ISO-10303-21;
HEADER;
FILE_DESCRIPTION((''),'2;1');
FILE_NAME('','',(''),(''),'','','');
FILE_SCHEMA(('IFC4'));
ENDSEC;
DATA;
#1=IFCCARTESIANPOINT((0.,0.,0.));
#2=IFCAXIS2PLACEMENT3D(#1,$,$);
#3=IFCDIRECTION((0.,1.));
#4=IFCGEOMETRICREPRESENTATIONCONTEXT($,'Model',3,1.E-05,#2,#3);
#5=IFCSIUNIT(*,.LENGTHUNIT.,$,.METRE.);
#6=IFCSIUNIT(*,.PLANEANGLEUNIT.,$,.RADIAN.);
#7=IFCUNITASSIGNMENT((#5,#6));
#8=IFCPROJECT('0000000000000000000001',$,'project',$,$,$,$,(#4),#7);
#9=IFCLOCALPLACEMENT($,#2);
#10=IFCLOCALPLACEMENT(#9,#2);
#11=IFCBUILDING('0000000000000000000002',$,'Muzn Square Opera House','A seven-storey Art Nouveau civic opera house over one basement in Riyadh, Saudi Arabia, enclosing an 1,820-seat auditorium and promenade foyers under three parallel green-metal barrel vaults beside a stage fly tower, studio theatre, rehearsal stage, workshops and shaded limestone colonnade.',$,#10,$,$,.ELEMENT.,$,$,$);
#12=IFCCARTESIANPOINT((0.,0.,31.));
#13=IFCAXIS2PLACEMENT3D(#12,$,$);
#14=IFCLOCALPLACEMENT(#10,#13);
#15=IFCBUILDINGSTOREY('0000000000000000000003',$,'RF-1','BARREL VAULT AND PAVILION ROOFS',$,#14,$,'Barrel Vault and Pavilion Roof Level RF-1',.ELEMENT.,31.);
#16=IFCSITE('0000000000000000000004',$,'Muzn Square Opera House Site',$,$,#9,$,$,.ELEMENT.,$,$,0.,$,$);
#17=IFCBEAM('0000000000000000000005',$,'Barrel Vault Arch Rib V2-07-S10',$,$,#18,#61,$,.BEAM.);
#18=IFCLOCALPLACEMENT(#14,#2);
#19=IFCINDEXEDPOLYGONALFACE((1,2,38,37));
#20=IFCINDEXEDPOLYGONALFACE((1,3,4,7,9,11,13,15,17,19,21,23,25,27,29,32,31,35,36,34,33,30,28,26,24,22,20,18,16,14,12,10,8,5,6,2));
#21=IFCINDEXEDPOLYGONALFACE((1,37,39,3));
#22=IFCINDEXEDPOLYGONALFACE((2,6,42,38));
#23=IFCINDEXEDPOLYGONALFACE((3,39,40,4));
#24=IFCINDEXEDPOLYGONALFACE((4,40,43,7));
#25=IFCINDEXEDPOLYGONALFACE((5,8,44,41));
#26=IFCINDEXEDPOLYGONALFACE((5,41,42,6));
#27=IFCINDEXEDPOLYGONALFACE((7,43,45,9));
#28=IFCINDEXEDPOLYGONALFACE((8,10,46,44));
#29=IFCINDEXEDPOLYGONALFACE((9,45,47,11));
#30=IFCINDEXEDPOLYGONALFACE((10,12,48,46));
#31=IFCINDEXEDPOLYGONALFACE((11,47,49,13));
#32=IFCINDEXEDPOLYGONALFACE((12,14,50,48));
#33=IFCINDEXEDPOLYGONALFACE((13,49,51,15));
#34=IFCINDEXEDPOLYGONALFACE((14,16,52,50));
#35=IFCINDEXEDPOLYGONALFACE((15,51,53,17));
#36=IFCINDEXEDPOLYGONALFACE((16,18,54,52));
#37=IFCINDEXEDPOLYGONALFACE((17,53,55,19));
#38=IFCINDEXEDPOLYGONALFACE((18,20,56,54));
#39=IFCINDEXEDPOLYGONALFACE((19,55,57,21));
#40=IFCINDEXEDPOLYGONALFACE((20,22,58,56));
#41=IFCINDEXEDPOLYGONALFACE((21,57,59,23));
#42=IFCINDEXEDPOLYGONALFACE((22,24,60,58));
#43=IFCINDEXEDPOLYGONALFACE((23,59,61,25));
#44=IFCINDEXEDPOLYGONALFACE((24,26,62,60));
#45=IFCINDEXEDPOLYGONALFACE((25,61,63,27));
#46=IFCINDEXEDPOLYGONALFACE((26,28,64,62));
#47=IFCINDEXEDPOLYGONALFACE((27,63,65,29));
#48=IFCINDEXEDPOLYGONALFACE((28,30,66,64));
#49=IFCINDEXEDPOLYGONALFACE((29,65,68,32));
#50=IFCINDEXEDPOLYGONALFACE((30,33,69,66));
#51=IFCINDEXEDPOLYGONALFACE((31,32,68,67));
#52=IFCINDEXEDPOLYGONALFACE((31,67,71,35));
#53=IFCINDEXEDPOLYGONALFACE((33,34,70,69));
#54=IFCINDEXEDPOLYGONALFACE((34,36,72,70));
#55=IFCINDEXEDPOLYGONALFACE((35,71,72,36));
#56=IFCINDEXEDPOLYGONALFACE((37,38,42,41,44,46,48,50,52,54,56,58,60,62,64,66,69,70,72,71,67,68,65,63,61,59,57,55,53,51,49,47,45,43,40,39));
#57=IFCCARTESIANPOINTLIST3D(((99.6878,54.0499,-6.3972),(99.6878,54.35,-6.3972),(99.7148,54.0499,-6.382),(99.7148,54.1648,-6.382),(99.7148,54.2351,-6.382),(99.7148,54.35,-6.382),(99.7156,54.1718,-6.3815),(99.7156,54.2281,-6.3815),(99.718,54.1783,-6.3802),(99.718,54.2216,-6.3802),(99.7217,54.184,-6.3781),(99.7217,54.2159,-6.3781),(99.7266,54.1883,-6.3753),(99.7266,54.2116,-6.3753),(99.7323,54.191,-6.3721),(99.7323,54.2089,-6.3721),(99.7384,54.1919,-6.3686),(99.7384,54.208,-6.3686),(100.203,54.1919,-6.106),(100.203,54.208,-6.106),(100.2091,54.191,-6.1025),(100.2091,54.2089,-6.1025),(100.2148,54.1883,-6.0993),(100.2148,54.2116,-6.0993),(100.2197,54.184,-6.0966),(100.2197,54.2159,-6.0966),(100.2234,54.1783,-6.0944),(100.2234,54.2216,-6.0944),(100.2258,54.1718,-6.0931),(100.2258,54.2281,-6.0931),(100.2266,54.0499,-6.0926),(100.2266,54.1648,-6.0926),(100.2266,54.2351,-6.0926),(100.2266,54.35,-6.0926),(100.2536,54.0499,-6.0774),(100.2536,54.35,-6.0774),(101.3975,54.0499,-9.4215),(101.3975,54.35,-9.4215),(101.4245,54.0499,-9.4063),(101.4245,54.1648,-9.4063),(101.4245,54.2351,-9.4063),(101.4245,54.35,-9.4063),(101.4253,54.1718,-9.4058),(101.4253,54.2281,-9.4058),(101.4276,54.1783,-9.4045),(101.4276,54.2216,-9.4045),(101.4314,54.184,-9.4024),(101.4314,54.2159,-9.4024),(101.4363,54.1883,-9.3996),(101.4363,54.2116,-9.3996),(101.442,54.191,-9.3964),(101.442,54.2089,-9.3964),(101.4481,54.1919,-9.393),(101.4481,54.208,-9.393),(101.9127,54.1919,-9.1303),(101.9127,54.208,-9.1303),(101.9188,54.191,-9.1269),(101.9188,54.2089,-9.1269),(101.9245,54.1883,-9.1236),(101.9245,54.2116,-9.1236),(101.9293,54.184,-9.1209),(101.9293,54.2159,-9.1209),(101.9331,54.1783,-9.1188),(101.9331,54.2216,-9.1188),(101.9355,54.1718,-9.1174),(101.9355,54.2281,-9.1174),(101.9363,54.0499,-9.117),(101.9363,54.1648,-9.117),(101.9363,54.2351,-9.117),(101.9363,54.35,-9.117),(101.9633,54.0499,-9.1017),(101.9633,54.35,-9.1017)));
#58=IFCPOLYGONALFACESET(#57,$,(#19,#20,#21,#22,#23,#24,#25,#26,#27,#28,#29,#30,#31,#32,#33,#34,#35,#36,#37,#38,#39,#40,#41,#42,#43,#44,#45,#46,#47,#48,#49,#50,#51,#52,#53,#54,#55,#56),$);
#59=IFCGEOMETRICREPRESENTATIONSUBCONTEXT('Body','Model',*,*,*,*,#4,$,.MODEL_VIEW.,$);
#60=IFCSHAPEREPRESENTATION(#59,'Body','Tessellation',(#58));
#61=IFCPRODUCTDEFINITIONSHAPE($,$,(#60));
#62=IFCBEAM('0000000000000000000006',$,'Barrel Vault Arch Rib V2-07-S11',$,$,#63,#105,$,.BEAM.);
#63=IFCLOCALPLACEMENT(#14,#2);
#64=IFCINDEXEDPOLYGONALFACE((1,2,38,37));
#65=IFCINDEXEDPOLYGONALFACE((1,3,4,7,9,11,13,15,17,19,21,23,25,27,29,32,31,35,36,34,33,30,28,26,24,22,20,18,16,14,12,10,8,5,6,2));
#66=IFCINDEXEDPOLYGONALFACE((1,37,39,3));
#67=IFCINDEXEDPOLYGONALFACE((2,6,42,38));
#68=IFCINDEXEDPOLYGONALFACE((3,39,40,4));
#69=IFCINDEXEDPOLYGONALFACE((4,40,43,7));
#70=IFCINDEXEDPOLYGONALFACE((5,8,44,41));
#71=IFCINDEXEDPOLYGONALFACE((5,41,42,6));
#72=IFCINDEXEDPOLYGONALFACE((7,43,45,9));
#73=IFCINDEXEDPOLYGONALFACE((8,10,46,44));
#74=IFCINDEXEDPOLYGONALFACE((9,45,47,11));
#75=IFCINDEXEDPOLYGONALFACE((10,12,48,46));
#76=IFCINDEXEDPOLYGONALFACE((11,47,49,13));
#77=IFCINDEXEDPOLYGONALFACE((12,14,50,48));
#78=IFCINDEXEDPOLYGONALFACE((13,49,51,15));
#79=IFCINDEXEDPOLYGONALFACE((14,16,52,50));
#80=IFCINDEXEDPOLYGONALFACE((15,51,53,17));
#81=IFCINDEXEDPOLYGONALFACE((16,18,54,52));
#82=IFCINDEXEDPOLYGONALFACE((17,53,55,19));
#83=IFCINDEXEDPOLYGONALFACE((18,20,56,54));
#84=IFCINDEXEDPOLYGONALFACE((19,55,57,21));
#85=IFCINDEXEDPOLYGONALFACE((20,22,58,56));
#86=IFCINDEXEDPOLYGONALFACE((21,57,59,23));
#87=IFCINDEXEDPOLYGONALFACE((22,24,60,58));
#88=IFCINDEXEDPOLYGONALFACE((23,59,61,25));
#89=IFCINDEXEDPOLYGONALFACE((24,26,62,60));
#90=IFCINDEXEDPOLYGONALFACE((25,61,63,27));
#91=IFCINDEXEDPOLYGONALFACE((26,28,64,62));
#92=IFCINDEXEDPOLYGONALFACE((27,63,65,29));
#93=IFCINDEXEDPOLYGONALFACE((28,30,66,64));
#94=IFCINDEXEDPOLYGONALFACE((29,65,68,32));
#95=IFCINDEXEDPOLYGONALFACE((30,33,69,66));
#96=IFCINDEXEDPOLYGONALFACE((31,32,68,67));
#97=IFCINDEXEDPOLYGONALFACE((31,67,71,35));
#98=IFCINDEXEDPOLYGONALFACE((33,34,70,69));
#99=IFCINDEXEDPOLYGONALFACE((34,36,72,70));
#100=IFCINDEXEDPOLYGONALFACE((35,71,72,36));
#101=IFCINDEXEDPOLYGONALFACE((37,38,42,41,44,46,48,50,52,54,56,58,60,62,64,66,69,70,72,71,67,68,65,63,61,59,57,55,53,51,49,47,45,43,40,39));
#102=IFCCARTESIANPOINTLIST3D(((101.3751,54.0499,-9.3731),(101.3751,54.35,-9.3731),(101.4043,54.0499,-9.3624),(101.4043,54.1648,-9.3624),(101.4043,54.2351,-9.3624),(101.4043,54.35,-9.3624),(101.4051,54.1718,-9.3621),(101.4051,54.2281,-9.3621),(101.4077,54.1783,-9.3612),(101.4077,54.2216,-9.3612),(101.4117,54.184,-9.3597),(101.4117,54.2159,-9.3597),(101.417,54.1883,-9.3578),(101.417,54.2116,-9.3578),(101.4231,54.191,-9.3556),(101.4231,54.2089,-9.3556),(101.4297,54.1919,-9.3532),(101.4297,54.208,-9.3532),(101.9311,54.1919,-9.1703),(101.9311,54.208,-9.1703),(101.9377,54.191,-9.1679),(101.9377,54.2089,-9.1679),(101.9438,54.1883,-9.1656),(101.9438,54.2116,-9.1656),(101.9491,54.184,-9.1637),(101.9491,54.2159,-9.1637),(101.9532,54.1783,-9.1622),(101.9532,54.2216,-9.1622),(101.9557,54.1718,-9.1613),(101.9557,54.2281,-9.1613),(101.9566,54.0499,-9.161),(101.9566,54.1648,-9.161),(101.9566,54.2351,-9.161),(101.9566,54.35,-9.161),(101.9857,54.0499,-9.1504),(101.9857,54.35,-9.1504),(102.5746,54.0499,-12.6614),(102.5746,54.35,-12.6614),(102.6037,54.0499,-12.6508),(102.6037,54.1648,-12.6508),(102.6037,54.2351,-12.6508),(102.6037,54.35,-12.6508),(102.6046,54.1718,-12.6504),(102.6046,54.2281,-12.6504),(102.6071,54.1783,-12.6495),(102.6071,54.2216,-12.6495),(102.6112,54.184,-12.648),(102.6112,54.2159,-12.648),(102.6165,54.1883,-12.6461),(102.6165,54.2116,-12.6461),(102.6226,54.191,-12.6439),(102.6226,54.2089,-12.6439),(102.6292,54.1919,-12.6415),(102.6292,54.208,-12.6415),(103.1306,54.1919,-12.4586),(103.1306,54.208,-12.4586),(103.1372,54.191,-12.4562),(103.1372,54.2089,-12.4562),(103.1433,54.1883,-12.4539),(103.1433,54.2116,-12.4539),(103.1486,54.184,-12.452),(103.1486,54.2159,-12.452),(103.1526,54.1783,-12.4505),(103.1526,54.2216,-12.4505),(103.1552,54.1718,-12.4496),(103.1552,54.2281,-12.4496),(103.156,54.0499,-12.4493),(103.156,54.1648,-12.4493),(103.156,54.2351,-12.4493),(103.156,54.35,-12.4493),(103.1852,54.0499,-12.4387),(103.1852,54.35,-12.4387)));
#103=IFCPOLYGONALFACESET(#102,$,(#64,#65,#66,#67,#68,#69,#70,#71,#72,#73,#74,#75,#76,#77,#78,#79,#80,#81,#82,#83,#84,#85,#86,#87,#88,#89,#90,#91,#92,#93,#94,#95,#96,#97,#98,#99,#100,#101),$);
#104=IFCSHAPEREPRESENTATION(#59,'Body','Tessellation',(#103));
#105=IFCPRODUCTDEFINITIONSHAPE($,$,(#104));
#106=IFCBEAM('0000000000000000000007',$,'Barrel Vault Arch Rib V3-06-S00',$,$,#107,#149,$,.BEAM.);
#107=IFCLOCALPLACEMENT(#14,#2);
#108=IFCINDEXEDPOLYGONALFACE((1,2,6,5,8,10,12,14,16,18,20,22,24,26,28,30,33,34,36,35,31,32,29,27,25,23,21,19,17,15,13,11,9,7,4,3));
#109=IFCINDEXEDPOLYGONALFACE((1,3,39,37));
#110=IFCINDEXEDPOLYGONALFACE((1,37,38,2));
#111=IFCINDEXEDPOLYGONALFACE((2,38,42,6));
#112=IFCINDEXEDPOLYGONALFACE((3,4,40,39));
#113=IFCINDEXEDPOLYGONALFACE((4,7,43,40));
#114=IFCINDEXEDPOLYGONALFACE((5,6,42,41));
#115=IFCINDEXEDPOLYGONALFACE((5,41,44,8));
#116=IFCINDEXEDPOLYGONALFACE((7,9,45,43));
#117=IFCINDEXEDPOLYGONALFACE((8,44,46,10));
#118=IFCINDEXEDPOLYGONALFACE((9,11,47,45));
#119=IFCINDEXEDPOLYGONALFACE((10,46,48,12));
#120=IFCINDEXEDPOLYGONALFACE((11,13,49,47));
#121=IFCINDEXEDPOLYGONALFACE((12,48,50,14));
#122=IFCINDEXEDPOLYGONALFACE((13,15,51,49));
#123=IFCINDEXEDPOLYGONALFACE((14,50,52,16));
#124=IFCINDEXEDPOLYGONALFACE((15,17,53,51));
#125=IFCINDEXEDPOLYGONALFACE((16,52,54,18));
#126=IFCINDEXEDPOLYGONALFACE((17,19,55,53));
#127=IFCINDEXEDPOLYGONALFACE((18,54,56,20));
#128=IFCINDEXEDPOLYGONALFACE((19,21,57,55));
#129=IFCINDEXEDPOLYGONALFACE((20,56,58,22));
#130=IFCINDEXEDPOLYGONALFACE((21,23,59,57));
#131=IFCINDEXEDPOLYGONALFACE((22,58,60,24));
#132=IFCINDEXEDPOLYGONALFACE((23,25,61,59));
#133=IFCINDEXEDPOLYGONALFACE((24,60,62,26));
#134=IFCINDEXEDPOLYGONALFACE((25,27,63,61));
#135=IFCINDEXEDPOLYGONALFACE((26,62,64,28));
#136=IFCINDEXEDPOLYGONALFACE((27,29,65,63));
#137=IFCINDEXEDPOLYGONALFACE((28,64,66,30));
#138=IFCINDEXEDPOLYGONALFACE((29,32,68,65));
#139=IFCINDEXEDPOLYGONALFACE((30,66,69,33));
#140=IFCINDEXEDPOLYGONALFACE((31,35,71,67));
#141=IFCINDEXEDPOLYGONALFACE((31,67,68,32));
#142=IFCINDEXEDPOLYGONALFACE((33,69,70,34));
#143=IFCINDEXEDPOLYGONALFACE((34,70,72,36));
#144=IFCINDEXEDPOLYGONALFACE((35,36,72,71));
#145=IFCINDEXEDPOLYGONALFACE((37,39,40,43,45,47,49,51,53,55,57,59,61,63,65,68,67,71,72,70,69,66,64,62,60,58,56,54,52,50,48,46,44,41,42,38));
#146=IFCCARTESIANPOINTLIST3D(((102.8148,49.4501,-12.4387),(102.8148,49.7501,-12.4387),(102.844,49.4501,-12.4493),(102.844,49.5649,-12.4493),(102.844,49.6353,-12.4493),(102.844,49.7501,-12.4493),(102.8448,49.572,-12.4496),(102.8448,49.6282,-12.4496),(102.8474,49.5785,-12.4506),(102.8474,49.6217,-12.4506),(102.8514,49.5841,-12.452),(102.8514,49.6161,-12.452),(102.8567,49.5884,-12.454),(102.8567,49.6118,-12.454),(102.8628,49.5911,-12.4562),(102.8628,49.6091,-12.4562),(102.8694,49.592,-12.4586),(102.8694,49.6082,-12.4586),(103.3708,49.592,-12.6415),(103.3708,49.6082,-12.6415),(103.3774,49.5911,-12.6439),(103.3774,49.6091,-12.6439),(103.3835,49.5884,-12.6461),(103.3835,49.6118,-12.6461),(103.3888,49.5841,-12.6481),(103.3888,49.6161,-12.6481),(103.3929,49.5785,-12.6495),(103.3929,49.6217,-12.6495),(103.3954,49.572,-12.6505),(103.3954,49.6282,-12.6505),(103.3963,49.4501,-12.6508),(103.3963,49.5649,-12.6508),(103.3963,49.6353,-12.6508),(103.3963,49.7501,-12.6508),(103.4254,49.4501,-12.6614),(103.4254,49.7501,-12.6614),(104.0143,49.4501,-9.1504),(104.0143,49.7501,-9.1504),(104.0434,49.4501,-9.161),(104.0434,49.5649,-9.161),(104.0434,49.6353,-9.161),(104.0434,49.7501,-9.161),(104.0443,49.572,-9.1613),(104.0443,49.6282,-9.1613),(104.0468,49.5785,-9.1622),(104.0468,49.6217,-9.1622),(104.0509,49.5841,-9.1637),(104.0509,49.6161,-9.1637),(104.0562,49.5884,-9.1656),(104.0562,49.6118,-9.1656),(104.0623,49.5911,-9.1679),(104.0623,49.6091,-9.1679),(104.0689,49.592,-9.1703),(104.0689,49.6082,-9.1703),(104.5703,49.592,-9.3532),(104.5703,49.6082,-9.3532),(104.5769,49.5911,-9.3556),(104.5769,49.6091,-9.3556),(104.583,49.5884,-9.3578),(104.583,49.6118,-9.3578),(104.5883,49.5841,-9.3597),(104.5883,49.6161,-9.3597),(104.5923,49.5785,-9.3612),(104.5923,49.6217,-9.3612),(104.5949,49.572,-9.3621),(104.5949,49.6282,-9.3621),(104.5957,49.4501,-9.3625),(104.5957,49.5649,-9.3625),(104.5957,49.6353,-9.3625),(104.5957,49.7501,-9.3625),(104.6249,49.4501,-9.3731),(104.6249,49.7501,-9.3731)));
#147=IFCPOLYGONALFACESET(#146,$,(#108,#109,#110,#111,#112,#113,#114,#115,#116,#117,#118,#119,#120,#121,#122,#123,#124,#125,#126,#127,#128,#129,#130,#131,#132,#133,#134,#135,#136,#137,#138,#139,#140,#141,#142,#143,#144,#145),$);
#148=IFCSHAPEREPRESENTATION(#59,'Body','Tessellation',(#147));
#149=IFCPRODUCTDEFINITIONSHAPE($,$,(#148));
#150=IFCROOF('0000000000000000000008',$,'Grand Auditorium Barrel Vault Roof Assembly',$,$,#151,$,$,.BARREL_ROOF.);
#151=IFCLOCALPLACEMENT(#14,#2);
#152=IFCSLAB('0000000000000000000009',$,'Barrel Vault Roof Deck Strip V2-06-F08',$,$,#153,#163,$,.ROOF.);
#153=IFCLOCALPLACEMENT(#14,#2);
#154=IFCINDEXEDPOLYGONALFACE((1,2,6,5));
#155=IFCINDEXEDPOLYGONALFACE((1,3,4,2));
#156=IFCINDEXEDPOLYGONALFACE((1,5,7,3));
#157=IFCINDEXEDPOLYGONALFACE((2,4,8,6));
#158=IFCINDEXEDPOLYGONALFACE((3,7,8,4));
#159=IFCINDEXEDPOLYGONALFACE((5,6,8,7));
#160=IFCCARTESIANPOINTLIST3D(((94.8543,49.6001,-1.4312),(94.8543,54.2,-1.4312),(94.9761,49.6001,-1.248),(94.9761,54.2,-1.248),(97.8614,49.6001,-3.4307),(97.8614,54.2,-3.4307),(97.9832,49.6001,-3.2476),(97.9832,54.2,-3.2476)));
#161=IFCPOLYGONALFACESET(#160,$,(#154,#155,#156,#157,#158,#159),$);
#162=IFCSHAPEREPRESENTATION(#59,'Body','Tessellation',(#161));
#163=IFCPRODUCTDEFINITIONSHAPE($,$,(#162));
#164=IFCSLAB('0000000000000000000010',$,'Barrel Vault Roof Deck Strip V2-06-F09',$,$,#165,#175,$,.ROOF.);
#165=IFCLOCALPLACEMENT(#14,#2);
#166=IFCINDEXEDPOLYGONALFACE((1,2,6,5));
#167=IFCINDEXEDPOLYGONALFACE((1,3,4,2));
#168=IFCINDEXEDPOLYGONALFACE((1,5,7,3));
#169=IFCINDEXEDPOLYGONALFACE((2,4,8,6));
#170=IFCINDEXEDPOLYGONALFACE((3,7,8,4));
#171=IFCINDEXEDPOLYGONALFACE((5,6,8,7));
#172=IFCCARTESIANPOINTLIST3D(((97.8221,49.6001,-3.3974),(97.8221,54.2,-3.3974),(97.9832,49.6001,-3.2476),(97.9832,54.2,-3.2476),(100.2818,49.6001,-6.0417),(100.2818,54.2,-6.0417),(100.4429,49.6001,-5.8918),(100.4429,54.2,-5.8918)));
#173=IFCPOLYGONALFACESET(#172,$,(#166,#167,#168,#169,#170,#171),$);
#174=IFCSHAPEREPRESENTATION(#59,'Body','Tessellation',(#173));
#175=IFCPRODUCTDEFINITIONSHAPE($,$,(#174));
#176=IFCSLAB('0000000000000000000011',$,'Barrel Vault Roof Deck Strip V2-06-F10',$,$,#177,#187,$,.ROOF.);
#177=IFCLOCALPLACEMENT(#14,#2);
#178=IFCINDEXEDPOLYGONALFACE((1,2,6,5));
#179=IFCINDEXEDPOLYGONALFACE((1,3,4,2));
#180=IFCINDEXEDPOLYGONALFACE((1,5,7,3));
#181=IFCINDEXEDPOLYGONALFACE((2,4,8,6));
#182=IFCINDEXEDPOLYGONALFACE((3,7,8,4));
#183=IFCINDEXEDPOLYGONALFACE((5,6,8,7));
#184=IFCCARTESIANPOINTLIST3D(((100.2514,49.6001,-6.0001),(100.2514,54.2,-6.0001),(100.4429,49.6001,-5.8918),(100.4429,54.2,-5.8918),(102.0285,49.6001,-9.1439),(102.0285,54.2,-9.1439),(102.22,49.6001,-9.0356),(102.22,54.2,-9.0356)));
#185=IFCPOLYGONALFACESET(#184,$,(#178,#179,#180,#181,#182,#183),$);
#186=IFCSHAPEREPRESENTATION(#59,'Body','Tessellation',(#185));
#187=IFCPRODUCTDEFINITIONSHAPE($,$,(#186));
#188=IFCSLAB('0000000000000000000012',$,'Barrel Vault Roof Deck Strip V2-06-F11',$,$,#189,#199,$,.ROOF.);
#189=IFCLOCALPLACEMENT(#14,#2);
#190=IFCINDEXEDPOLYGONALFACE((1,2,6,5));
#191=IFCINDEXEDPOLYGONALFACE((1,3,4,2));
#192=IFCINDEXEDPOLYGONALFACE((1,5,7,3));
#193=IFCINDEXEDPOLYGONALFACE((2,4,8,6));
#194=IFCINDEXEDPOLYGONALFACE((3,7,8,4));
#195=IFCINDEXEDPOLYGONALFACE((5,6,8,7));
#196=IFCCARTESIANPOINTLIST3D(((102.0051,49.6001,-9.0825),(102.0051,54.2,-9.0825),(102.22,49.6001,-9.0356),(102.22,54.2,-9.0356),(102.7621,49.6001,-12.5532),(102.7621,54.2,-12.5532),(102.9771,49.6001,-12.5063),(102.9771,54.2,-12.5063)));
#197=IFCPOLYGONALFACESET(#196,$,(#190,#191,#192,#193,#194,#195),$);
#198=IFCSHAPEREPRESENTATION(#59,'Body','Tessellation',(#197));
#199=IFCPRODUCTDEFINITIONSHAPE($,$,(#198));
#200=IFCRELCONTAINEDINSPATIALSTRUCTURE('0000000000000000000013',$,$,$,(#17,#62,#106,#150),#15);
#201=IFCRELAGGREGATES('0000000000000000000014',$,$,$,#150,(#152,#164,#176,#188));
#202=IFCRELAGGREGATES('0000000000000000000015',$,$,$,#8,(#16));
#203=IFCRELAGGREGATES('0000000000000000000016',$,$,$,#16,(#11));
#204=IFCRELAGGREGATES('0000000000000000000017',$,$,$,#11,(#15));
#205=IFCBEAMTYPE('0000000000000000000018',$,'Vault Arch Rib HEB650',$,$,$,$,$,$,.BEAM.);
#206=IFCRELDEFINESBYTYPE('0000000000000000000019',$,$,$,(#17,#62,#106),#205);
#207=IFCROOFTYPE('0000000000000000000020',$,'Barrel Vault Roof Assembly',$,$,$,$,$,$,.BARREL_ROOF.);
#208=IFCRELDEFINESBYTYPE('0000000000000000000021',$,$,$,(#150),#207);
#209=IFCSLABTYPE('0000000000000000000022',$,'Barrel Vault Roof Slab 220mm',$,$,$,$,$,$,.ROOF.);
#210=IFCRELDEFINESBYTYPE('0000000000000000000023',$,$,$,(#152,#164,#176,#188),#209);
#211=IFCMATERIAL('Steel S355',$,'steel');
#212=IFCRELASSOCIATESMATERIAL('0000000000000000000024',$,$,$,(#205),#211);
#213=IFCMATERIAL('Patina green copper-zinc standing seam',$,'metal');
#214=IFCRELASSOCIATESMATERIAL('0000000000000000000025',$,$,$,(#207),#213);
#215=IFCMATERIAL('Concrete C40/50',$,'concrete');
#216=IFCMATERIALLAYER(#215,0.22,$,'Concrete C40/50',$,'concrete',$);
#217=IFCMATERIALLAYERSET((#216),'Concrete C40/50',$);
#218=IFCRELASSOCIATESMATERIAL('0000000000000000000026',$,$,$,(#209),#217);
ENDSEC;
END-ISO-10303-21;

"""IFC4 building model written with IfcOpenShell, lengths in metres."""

from ifc_helpers import new_model, si_unit, direction, frame, origin, origin_2d, place, context, subcontext, project, spatial, polyline, i_section, outline, extrude, material, layer, layer_set, material_profile, profile_set, type_object, element, aggregate, save


model = new_model("IFC4")

# Units and contexts
model_context = context("Model", 3, precision=1e-05, world=origin(), true_north=direction((0.0, 1.0)))
body_context = subcontext(model_context, "Body", "Model", "MODEL_VIEW")
ifc_project = project(units=[si_unit("LENGTHUNIT", "METRE"), si_unit("PLANEANGLEUNIT", "RADIAN")], contexts=[model_context])

# Site, building, storey
site_placement = place(None, origin())
site = spatial("IfcSite", under=ifc_project, at=site_placement, Name="Muzn Square Opera House Site", CompositionType="ELEMENT", RefElevation=0.0)
building_placement = place(site_placement, origin())
building = spatial("IfcBuilding", under=site, at=building_placement, Name="Muzn Square Opera House", Description="A seven-storey Art Nouveau civic opera house over one basement in Riyadh, Saudi Arabia, enclosing an 1,820-seat auditorium and promenade foyers under three parallel green-metal barrel vaults beside a stage fly tower, studio theatre, rehearsal stage, workshops and shaded limestone colonnade.", CompositionType="ELEMENT")
storey_placement = place(building_placement, frame((0.0, 0.0, 31.0)))
storey = spatial("IfcBuildingStorey", under=building, at=storey_placement, Name="RF-1", Description="BARREL VAULT AND PAVILION ROOFS", LongName="Barrel Vault and Pavilion Roof Level RF-1", CompositionType="ELEMENT", Elevation=31.0)

# Beams
ifc_material_1 = material(Name="Steel S355", Category="steel")
ifc_material_profile_1 = material_profile(ifc_material_1, i_section(OverallWidth=0.3, OverallDepth=0.6499, WebThickness=0.0161, FlangeThickness=0.031, FilletRadius=0.0271, at=origin_2d()), Name="HEB 650", Category="steel")
ifc_profile_set_1 = profile_set([ifc_material_profile_1], Name="Steel S355")
beam_type_1 = type_object("IfcBeamType", Name="Vault Arch Rib HEB650", PredefinedType="BEAM", material=ifc_profile_set_1)
beam_1_placement = place(storey_placement, frame((99.9707, 54.2, -6.2373), z_axis=(0.492115, 0.0, -0.87053), x_axis=(0.0, 1.0, 0.0)))
element("IfcBeam", 1, at=beam_1_placement, inside=storey, type_object=beam_type_1, Name="Barrel Vault Arch Rib V2-07-S10", PredefinedType="BEAM", context=body_context, shape_type="SweptSolid", body=[
    extrude(i_section(OverallWidth=0.3, OverallDepth=0.6499, WebThickness=0.0161, FlangeThickness=0.031, FilletRadius=0.0271, at=origin_2d()), origin(), (0.0, 0.0, 1.0), 3.4741),
])
for number, where, z_axis, x_axis, name in (
    (2, (101.6804, 54.2, -9.2617), (0.342678, 0.0, -0.939453), (0.0, 1.0, 0.0), "Barrel Vault Arch Rib V2-07-S11"),
    (3, (103.1201, 49.6001, -12.55), (0.342678, 0.0, 0.939453), (0.0, 1.0, 0.0), "Barrel Vault Arch Rib V3-06-S00"),
):
    element("IfcBeam", number, at=place(storey_placement, frame(where, z_axis=z_axis, x_axis=x_axis)), inside=storey, type_object=beam_type_1, Name=name, PredefinedType="BEAM", context=body_context, shape_type="SweptSolid", body=[
        extrude(i_section(OverallWidth=0.3, OverallDepth=0.6499, WebThickness=0.0161, FlangeThickness=0.031, FilletRadius=0.0271, at=origin_2d()), origin(), (0.0, 0.0, 1.0), 3.5002),
    ])

# Roof, slabs
ifc_material_2 = material(Name="Patina green copper-zinc standing seam", Category="metal")
roof_type = type_object("IfcRoofType", Name="Barrel Vault Roof Assembly", PredefinedType="BARREL_ROOF", material=ifc_material_2)
roof_placement = place(storey_placement, origin())
roof = element("IfcRoof", 4, at=roof_placement, inside=storey, type_object=roof_type, Name="Grand Auditorium Barrel Vault Roof Assembly", PredefinedType="BARREL_ROOF")
ifc_material_3 = material(Name="Concrete C40/50", Category="concrete")
ifc_layer_1 = layer(ifc_material_3, 0.22, Name="Concrete C40/50", Category="concrete")
ifc_layer_set_1 = layer_set([ifc_layer_1], Name="Concrete C40/50")
slab_type = type_object("IfcSlabType", Name="Barrel Vault Roof Slab 220mm", PredefinedType="ROOF", material=ifc_layer_set_1)
slab_1_placement = place(storey_placement, frame((94.9761, 49.6001, -1.248), z_axis=(0.553701, 0.0, 0.832715), x_axis=(0.832715, 0.0, -0.553701)))
slab_1 = element("IfcSlab", 5, at=slab_1_placement, type_object=slab_type, Name="Barrel Vault Roof Deck Strip V2-06-F08", PredefinedType="ROOF", context=body_context, shape_type="SweptSolid", body=[
    extrude(outline(polyline([(0.0, 0.0), (3.6112, 0.0), (3.6112, 4.5999), (0.0, 4.5999), (0.0, 0.0)])), origin(), (0.0, 0.0, -1.0), 0.22),
])
slab_2_placement = place(storey_placement, frame((97.9832, 49.6001, -3.2476), z_axis=(0.732198, 0.0, 0.681091), x_axis=(0.681091, 0.0, -0.732198)))
slab_2 = element("IfcSlab", 6, at=slab_2_placement, type_object=slab_type, Name="Barrel Vault Roof Deck Strip V2-06-F09", PredefinedType="ROOF", context=body_context, shape_type="SweptSolid", body=[
    extrude(outline(polyline([(0.0, 0.0), (3.6114, 0.0), (3.6114, 4.5999), (0.0, 4.5999), (0.0, 0.0)])), origin(), (0.0, 0.0, -1.0), 0.22),
])
slab_3_placement = place(storey_placement, frame((100.4429, 49.6001, -5.8918), z_axis=(0.870543, 0.0, 0.492093), x_axis=(0.492093, 0.0, -0.870543)))
slab_3 = element("IfcSlab", 7, at=slab_3_placement, type_object=slab_type, Name="Barrel Vault Roof Deck Strip V2-06-F10", PredefinedType="ROOF", context=body_context, shape_type="SweptSolid", body=[
    extrude(outline(polyline([(0.0, 0.0), (3.6113, 0.0), (3.6113, 4.5999), (0.0, 4.5999), (0.0, 0.0)])), origin(), (0.0, 0.0, -1.0), 0.22),
])
slab_4_placement = place(storey_placement, frame((102.22, 49.6001, -9.0356), z_axis=(0.977025, 0.0, 0.213123), x_axis=(0.213123, 0.0, -0.977025)))
slab_4 = element("IfcSlab", 8, at=slab_4_placement, type_object=slab_type, Name="Barrel Vault Roof Deck Strip V2-06-F11", PredefinedType="ROOF", context=body_context, shape_type="SweptSolid", body=[
    extrude(outline(polyline([(0.0, 0.0), (3.5523, 0.0), (3.5523, 4.5999), (0.0, 4.5999), (0.0, 0.0)])), origin(), (0.0, 0.0, -1.0), 0.22),
])
aggregate(roof, [slab_1, slab_2, slab_3, slab_4])

save(model, "model.ifc")
